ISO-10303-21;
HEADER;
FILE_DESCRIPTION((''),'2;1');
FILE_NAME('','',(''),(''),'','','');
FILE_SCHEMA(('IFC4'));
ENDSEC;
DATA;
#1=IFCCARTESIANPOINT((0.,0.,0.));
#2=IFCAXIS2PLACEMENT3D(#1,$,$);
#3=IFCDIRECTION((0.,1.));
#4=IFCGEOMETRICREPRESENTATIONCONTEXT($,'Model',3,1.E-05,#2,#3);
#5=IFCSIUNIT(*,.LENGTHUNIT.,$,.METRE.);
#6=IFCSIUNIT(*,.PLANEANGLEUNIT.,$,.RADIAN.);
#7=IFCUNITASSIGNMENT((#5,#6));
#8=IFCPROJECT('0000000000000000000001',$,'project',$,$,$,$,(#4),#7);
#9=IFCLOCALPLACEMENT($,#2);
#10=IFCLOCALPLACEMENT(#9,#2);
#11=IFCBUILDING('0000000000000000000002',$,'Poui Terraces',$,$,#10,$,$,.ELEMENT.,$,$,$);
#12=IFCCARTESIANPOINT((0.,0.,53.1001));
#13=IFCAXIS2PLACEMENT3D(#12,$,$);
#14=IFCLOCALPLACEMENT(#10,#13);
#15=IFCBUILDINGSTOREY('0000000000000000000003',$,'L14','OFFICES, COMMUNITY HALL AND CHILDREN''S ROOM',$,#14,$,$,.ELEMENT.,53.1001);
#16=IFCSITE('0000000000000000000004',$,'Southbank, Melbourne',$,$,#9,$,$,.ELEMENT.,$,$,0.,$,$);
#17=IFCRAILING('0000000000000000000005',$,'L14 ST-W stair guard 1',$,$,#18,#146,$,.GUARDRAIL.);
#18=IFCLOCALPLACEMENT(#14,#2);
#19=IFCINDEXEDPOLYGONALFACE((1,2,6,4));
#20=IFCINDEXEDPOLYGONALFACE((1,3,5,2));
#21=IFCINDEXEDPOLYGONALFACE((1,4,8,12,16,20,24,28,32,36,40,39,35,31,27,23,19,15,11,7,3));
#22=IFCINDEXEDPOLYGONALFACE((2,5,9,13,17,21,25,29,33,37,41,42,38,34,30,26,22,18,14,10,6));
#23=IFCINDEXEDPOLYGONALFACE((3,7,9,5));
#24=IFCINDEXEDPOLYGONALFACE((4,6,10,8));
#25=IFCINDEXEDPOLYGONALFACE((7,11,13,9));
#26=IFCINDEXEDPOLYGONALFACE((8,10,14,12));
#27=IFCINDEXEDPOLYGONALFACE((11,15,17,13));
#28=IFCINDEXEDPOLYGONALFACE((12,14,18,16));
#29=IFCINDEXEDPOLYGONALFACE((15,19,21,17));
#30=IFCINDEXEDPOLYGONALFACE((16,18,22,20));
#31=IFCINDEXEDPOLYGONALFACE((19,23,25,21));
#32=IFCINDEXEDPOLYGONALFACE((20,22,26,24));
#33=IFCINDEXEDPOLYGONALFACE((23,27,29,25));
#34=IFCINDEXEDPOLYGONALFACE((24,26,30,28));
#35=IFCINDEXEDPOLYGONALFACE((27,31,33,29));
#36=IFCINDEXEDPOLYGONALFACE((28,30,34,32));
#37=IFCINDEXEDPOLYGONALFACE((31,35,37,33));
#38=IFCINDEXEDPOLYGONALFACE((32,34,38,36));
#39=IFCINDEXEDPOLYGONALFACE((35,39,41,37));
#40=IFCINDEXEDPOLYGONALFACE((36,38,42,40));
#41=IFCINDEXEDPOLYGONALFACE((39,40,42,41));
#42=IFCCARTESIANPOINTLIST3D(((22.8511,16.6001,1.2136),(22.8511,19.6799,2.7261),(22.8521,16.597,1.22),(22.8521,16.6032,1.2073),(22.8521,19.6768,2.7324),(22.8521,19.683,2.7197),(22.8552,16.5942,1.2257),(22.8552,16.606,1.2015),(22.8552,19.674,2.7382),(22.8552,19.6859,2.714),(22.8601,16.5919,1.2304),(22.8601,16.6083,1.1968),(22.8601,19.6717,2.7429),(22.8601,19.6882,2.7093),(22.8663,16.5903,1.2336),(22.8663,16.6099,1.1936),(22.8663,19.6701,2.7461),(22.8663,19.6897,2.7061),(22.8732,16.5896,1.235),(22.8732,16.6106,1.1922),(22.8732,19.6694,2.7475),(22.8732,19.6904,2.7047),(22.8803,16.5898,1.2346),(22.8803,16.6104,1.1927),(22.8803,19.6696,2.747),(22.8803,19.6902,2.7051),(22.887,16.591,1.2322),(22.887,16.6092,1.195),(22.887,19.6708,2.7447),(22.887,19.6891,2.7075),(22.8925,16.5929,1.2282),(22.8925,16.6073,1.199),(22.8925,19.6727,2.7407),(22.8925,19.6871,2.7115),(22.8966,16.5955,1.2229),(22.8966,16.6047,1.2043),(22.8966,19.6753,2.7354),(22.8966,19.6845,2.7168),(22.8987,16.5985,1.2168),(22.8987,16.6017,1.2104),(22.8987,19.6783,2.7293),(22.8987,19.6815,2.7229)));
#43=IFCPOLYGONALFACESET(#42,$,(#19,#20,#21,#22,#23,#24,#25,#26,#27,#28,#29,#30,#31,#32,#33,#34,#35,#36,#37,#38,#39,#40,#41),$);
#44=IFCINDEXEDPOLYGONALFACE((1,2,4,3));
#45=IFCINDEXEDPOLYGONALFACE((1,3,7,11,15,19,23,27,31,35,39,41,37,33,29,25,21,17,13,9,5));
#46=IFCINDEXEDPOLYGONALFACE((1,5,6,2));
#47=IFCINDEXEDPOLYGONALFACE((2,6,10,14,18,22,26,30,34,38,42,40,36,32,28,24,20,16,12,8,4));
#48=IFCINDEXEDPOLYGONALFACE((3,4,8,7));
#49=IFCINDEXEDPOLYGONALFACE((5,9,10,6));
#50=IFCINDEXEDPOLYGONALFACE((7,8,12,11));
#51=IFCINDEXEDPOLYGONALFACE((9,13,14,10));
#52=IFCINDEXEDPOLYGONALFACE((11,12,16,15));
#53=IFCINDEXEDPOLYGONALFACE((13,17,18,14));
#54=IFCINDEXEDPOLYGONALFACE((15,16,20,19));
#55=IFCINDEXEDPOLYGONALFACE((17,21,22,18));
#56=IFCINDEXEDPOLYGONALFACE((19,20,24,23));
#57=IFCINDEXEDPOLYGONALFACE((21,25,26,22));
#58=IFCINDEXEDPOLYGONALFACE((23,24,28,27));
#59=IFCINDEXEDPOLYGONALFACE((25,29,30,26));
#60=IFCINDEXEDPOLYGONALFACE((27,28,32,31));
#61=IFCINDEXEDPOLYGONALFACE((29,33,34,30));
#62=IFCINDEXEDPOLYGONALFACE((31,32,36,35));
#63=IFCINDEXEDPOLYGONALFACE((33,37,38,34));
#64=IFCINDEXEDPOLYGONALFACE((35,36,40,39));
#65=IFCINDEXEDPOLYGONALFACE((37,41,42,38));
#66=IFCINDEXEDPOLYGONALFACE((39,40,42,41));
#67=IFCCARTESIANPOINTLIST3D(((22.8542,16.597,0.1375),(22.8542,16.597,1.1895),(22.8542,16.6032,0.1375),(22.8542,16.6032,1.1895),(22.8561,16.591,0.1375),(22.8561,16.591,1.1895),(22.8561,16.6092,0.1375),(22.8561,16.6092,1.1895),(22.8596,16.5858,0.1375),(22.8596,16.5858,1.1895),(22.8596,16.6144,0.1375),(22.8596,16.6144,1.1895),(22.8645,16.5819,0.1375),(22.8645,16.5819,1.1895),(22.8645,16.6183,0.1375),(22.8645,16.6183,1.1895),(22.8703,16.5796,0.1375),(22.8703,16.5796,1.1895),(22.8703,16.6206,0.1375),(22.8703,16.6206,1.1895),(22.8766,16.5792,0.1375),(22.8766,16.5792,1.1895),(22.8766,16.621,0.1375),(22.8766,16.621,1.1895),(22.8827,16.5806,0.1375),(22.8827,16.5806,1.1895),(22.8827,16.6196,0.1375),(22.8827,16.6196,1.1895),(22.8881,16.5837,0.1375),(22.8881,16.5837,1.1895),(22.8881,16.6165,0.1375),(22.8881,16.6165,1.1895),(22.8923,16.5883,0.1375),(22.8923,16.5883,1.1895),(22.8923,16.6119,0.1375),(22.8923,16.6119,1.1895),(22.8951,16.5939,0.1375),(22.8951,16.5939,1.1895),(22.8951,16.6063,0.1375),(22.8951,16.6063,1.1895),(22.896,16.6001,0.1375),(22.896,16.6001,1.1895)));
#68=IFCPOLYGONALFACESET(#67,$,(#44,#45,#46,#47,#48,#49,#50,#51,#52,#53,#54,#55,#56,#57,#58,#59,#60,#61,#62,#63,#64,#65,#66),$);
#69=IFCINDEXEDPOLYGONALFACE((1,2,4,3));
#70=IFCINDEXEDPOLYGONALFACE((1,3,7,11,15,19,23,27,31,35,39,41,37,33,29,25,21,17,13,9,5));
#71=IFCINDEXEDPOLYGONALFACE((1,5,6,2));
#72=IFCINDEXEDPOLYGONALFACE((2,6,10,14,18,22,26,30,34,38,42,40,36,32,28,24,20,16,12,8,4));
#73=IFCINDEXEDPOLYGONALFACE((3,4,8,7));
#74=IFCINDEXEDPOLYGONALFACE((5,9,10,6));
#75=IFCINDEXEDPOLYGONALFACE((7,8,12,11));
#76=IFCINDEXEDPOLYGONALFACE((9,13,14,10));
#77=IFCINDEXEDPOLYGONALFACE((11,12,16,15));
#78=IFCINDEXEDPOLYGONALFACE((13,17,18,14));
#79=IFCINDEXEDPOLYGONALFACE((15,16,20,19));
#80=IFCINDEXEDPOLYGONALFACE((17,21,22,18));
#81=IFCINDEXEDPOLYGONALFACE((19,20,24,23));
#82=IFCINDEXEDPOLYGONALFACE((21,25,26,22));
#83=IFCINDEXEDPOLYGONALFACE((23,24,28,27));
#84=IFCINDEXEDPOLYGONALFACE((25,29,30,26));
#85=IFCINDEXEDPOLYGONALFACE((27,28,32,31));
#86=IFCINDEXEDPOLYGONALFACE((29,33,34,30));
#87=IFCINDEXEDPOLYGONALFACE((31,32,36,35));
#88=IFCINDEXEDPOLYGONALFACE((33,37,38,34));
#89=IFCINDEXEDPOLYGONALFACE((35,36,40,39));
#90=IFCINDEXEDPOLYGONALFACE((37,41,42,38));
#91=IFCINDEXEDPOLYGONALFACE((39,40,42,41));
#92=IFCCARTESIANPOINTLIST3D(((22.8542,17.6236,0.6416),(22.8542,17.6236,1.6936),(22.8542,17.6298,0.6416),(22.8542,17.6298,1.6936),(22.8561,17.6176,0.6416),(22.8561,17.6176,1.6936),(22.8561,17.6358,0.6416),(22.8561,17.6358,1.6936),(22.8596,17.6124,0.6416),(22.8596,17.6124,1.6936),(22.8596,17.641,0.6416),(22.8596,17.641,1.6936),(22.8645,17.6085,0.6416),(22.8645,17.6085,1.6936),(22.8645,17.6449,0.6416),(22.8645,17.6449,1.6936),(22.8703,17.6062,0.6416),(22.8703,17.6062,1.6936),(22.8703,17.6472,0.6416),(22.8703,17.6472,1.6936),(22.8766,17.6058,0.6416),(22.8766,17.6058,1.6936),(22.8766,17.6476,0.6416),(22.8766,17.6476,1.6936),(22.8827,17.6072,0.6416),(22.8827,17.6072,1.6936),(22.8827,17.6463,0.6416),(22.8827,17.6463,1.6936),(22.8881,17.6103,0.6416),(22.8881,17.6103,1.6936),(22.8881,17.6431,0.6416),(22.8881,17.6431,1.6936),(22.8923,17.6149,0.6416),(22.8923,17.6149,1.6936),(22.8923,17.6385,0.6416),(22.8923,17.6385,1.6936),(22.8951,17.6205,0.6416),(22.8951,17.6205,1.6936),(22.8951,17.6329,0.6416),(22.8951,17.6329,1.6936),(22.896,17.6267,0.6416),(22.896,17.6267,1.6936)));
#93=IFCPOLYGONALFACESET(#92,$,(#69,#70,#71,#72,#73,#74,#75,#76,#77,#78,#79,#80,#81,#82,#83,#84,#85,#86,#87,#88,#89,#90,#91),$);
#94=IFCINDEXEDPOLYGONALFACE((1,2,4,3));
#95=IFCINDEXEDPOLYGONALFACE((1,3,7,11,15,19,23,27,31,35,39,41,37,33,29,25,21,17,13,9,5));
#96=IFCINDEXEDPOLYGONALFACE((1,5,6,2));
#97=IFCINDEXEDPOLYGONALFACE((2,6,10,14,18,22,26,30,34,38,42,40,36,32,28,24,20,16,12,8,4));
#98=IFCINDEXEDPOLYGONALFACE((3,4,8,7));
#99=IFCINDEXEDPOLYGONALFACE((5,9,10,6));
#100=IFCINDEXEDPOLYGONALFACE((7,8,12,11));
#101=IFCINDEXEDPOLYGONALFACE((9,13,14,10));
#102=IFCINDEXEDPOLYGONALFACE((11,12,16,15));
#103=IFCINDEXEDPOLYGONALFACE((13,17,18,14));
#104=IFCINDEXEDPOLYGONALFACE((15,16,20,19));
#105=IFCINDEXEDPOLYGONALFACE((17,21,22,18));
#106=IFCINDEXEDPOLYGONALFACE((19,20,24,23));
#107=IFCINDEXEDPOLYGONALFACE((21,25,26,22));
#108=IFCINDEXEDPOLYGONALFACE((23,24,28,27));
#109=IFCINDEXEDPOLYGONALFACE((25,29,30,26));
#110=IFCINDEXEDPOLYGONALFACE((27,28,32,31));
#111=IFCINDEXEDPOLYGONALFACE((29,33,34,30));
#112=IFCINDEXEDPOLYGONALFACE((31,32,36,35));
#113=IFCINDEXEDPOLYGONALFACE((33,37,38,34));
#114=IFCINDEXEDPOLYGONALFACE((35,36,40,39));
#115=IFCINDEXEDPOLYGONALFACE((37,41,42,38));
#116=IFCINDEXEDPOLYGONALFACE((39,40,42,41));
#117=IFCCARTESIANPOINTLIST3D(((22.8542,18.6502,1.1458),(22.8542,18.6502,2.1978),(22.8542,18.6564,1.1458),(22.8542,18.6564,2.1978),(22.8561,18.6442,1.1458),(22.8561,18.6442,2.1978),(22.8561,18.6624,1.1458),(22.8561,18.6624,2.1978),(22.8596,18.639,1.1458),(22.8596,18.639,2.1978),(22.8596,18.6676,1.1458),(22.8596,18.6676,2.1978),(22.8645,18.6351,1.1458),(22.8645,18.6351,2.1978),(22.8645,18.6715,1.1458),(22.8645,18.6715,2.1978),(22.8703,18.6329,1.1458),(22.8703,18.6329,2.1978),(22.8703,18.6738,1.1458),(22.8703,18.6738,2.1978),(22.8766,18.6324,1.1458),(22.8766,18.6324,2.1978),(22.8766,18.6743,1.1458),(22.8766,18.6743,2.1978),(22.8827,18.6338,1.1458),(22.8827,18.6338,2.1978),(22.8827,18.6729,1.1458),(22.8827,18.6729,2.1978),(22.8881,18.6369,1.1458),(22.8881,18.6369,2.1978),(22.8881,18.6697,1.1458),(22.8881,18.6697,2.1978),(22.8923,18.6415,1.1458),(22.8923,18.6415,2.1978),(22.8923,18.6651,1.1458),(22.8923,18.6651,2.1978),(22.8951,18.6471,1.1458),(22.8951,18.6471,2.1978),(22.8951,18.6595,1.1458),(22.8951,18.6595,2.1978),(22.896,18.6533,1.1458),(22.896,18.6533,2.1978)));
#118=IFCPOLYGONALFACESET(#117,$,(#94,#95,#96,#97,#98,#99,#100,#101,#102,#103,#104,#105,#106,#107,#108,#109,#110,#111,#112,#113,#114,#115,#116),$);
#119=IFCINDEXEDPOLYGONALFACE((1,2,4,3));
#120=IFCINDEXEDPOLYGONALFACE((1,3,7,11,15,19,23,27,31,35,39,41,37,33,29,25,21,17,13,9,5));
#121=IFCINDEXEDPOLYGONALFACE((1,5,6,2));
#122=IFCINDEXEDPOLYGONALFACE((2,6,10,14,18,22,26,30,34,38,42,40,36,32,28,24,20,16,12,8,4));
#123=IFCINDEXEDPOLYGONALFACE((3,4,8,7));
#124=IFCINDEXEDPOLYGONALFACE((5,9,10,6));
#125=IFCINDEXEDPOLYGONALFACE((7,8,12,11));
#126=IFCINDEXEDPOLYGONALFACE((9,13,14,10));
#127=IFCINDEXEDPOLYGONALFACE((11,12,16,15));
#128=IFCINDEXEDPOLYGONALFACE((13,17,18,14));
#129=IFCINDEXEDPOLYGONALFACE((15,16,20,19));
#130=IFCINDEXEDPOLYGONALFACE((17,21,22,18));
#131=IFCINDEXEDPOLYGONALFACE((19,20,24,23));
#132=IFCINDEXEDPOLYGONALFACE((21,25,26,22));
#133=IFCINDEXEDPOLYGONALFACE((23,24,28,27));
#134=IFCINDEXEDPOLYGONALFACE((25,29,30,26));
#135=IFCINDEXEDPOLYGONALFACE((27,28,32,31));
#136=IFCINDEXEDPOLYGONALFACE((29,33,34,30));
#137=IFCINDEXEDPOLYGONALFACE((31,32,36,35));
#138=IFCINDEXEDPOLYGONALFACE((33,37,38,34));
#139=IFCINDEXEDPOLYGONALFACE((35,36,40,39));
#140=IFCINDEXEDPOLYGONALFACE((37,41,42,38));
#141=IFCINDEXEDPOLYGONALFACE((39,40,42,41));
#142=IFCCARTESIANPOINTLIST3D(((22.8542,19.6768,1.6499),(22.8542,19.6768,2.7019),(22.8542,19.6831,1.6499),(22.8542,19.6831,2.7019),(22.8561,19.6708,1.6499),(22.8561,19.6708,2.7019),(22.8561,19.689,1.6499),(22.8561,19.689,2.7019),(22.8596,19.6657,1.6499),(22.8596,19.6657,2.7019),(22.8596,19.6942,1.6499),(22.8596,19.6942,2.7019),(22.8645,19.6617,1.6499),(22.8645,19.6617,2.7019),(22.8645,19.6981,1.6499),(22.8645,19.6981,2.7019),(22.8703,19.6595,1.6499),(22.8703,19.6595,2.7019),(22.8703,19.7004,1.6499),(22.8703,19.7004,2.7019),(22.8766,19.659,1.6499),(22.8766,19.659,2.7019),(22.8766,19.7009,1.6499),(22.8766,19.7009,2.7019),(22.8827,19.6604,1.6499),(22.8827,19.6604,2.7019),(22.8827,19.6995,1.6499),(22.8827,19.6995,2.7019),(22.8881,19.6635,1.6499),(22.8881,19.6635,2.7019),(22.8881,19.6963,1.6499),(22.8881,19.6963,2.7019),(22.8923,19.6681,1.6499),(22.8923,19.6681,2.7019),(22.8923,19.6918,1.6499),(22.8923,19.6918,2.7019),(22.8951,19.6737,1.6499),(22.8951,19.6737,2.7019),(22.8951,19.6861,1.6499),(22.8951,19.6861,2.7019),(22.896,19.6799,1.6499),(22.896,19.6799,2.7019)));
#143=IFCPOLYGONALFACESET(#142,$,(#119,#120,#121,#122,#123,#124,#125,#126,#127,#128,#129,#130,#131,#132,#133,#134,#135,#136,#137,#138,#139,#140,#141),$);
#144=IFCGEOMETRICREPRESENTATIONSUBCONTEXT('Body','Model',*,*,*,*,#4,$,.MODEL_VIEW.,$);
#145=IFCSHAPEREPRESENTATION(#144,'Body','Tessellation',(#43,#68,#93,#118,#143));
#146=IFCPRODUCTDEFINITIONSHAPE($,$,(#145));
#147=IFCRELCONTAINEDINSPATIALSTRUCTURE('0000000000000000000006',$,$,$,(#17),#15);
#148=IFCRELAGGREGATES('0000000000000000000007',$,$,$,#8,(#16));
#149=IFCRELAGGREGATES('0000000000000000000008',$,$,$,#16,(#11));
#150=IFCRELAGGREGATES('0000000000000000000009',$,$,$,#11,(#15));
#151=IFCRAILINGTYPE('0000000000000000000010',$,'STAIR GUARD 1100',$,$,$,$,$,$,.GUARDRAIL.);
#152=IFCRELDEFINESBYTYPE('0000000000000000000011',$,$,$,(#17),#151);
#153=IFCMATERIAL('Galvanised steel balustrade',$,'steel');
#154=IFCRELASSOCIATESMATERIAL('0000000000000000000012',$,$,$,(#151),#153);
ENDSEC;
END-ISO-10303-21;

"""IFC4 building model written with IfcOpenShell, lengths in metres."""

from ifc_helpers import new_model, si_unit, direction, frame, origin, origin_2d, place, context, subcontext, project, spatial, circle, extrude, material, type_object, element, save


model = new_model("IFC4")

# Units and contexts
model_context = context("Model", 3, precision=1e-05, world=origin(), true_north=direction((0.0, 1.0)))
body_context = subcontext(model_context, "Body", "Model", "MODEL_VIEW")
ifc_project = project(units=[si_unit("LENGTHUNIT", "METRE"), si_unit("PLANEANGLEUNIT", "RADIAN")], contexts=[model_context])

# Site, building, storey
site_placement = place(None, origin())
site = spatial("IfcSite", under=ifc_project, at=site_placement, Name="Southbank, Melbourne", CompositionType="ELEMENT", RefElevation=0.0)
building_placement = place(site_placement, origin())
building = spatial("IfcBuilding", under=site, at=building_placement, Name="Poui Terraces", CompositionType="ELEMENT")
storey_placement = place(building_placement, frame((0.0, 0.0, 53.1001)))
storey = spatial("IfcBuildingStorey", under=building, at=storey_placement, Name="L14", Description="OFFICES, COMMUNITY HALL AND CHILDREN'S ROOM", CompositionType="ELEMENT", Elevation=53.1001)

# Railing
ifc_material_1 = material(Name="Galvanised steel balustrade", Category="steel")
railing_type_1 = type_object("IfcRailingType", Name="STAIR GUARD 1100", PredefinedType="GUARDRAIL", material=ifc_material_1)
railing_1_placement = place(storey_placement, frame((22.875, 16.6001, 0.1375)))
element("IfcRailing", 1, at=railing_1_placement, inside=storey, type_object=railing_type_1, Name="L14 ST-W stair guard 1", PredefinedType="GUARDRAIL", context=body_context, shape_type="SweptSolid", body=[
    extrude(circle(Radius=0.0239, at=origin_2d()), frame((0.0, 0.0, 1.0762), z_axis=(0.0, 0.897606, 0.440798), x_axis=(-1.0, 0.0, 0.0)), (0.0, 0.0, 1.0), 3.4312),
    extrude(circle(Radius=0.021, at=origin_2d()), origin(), (0.0, 0.0, 1.0), 1.052),
    extrude(circle(Radius=0.021, at=origin_2d()), frame((0.0, 1.0266, 0.5042)), (0.0, 0.0, 1.0), 1.052),
    extrude(circle(Radius=0.021, at=origin_2d()), frame((0.0, 2.0532, 1.0083)), (0.0, 0.0, 1.0), 1.052),
    extrude(circle(Radius=0.021, at=origin_2d()), frame((0.0, 3.0798, 1.5125)), (0.0, 0.0, 1.0), 1.052),
])

save(model, "model.ifc")
